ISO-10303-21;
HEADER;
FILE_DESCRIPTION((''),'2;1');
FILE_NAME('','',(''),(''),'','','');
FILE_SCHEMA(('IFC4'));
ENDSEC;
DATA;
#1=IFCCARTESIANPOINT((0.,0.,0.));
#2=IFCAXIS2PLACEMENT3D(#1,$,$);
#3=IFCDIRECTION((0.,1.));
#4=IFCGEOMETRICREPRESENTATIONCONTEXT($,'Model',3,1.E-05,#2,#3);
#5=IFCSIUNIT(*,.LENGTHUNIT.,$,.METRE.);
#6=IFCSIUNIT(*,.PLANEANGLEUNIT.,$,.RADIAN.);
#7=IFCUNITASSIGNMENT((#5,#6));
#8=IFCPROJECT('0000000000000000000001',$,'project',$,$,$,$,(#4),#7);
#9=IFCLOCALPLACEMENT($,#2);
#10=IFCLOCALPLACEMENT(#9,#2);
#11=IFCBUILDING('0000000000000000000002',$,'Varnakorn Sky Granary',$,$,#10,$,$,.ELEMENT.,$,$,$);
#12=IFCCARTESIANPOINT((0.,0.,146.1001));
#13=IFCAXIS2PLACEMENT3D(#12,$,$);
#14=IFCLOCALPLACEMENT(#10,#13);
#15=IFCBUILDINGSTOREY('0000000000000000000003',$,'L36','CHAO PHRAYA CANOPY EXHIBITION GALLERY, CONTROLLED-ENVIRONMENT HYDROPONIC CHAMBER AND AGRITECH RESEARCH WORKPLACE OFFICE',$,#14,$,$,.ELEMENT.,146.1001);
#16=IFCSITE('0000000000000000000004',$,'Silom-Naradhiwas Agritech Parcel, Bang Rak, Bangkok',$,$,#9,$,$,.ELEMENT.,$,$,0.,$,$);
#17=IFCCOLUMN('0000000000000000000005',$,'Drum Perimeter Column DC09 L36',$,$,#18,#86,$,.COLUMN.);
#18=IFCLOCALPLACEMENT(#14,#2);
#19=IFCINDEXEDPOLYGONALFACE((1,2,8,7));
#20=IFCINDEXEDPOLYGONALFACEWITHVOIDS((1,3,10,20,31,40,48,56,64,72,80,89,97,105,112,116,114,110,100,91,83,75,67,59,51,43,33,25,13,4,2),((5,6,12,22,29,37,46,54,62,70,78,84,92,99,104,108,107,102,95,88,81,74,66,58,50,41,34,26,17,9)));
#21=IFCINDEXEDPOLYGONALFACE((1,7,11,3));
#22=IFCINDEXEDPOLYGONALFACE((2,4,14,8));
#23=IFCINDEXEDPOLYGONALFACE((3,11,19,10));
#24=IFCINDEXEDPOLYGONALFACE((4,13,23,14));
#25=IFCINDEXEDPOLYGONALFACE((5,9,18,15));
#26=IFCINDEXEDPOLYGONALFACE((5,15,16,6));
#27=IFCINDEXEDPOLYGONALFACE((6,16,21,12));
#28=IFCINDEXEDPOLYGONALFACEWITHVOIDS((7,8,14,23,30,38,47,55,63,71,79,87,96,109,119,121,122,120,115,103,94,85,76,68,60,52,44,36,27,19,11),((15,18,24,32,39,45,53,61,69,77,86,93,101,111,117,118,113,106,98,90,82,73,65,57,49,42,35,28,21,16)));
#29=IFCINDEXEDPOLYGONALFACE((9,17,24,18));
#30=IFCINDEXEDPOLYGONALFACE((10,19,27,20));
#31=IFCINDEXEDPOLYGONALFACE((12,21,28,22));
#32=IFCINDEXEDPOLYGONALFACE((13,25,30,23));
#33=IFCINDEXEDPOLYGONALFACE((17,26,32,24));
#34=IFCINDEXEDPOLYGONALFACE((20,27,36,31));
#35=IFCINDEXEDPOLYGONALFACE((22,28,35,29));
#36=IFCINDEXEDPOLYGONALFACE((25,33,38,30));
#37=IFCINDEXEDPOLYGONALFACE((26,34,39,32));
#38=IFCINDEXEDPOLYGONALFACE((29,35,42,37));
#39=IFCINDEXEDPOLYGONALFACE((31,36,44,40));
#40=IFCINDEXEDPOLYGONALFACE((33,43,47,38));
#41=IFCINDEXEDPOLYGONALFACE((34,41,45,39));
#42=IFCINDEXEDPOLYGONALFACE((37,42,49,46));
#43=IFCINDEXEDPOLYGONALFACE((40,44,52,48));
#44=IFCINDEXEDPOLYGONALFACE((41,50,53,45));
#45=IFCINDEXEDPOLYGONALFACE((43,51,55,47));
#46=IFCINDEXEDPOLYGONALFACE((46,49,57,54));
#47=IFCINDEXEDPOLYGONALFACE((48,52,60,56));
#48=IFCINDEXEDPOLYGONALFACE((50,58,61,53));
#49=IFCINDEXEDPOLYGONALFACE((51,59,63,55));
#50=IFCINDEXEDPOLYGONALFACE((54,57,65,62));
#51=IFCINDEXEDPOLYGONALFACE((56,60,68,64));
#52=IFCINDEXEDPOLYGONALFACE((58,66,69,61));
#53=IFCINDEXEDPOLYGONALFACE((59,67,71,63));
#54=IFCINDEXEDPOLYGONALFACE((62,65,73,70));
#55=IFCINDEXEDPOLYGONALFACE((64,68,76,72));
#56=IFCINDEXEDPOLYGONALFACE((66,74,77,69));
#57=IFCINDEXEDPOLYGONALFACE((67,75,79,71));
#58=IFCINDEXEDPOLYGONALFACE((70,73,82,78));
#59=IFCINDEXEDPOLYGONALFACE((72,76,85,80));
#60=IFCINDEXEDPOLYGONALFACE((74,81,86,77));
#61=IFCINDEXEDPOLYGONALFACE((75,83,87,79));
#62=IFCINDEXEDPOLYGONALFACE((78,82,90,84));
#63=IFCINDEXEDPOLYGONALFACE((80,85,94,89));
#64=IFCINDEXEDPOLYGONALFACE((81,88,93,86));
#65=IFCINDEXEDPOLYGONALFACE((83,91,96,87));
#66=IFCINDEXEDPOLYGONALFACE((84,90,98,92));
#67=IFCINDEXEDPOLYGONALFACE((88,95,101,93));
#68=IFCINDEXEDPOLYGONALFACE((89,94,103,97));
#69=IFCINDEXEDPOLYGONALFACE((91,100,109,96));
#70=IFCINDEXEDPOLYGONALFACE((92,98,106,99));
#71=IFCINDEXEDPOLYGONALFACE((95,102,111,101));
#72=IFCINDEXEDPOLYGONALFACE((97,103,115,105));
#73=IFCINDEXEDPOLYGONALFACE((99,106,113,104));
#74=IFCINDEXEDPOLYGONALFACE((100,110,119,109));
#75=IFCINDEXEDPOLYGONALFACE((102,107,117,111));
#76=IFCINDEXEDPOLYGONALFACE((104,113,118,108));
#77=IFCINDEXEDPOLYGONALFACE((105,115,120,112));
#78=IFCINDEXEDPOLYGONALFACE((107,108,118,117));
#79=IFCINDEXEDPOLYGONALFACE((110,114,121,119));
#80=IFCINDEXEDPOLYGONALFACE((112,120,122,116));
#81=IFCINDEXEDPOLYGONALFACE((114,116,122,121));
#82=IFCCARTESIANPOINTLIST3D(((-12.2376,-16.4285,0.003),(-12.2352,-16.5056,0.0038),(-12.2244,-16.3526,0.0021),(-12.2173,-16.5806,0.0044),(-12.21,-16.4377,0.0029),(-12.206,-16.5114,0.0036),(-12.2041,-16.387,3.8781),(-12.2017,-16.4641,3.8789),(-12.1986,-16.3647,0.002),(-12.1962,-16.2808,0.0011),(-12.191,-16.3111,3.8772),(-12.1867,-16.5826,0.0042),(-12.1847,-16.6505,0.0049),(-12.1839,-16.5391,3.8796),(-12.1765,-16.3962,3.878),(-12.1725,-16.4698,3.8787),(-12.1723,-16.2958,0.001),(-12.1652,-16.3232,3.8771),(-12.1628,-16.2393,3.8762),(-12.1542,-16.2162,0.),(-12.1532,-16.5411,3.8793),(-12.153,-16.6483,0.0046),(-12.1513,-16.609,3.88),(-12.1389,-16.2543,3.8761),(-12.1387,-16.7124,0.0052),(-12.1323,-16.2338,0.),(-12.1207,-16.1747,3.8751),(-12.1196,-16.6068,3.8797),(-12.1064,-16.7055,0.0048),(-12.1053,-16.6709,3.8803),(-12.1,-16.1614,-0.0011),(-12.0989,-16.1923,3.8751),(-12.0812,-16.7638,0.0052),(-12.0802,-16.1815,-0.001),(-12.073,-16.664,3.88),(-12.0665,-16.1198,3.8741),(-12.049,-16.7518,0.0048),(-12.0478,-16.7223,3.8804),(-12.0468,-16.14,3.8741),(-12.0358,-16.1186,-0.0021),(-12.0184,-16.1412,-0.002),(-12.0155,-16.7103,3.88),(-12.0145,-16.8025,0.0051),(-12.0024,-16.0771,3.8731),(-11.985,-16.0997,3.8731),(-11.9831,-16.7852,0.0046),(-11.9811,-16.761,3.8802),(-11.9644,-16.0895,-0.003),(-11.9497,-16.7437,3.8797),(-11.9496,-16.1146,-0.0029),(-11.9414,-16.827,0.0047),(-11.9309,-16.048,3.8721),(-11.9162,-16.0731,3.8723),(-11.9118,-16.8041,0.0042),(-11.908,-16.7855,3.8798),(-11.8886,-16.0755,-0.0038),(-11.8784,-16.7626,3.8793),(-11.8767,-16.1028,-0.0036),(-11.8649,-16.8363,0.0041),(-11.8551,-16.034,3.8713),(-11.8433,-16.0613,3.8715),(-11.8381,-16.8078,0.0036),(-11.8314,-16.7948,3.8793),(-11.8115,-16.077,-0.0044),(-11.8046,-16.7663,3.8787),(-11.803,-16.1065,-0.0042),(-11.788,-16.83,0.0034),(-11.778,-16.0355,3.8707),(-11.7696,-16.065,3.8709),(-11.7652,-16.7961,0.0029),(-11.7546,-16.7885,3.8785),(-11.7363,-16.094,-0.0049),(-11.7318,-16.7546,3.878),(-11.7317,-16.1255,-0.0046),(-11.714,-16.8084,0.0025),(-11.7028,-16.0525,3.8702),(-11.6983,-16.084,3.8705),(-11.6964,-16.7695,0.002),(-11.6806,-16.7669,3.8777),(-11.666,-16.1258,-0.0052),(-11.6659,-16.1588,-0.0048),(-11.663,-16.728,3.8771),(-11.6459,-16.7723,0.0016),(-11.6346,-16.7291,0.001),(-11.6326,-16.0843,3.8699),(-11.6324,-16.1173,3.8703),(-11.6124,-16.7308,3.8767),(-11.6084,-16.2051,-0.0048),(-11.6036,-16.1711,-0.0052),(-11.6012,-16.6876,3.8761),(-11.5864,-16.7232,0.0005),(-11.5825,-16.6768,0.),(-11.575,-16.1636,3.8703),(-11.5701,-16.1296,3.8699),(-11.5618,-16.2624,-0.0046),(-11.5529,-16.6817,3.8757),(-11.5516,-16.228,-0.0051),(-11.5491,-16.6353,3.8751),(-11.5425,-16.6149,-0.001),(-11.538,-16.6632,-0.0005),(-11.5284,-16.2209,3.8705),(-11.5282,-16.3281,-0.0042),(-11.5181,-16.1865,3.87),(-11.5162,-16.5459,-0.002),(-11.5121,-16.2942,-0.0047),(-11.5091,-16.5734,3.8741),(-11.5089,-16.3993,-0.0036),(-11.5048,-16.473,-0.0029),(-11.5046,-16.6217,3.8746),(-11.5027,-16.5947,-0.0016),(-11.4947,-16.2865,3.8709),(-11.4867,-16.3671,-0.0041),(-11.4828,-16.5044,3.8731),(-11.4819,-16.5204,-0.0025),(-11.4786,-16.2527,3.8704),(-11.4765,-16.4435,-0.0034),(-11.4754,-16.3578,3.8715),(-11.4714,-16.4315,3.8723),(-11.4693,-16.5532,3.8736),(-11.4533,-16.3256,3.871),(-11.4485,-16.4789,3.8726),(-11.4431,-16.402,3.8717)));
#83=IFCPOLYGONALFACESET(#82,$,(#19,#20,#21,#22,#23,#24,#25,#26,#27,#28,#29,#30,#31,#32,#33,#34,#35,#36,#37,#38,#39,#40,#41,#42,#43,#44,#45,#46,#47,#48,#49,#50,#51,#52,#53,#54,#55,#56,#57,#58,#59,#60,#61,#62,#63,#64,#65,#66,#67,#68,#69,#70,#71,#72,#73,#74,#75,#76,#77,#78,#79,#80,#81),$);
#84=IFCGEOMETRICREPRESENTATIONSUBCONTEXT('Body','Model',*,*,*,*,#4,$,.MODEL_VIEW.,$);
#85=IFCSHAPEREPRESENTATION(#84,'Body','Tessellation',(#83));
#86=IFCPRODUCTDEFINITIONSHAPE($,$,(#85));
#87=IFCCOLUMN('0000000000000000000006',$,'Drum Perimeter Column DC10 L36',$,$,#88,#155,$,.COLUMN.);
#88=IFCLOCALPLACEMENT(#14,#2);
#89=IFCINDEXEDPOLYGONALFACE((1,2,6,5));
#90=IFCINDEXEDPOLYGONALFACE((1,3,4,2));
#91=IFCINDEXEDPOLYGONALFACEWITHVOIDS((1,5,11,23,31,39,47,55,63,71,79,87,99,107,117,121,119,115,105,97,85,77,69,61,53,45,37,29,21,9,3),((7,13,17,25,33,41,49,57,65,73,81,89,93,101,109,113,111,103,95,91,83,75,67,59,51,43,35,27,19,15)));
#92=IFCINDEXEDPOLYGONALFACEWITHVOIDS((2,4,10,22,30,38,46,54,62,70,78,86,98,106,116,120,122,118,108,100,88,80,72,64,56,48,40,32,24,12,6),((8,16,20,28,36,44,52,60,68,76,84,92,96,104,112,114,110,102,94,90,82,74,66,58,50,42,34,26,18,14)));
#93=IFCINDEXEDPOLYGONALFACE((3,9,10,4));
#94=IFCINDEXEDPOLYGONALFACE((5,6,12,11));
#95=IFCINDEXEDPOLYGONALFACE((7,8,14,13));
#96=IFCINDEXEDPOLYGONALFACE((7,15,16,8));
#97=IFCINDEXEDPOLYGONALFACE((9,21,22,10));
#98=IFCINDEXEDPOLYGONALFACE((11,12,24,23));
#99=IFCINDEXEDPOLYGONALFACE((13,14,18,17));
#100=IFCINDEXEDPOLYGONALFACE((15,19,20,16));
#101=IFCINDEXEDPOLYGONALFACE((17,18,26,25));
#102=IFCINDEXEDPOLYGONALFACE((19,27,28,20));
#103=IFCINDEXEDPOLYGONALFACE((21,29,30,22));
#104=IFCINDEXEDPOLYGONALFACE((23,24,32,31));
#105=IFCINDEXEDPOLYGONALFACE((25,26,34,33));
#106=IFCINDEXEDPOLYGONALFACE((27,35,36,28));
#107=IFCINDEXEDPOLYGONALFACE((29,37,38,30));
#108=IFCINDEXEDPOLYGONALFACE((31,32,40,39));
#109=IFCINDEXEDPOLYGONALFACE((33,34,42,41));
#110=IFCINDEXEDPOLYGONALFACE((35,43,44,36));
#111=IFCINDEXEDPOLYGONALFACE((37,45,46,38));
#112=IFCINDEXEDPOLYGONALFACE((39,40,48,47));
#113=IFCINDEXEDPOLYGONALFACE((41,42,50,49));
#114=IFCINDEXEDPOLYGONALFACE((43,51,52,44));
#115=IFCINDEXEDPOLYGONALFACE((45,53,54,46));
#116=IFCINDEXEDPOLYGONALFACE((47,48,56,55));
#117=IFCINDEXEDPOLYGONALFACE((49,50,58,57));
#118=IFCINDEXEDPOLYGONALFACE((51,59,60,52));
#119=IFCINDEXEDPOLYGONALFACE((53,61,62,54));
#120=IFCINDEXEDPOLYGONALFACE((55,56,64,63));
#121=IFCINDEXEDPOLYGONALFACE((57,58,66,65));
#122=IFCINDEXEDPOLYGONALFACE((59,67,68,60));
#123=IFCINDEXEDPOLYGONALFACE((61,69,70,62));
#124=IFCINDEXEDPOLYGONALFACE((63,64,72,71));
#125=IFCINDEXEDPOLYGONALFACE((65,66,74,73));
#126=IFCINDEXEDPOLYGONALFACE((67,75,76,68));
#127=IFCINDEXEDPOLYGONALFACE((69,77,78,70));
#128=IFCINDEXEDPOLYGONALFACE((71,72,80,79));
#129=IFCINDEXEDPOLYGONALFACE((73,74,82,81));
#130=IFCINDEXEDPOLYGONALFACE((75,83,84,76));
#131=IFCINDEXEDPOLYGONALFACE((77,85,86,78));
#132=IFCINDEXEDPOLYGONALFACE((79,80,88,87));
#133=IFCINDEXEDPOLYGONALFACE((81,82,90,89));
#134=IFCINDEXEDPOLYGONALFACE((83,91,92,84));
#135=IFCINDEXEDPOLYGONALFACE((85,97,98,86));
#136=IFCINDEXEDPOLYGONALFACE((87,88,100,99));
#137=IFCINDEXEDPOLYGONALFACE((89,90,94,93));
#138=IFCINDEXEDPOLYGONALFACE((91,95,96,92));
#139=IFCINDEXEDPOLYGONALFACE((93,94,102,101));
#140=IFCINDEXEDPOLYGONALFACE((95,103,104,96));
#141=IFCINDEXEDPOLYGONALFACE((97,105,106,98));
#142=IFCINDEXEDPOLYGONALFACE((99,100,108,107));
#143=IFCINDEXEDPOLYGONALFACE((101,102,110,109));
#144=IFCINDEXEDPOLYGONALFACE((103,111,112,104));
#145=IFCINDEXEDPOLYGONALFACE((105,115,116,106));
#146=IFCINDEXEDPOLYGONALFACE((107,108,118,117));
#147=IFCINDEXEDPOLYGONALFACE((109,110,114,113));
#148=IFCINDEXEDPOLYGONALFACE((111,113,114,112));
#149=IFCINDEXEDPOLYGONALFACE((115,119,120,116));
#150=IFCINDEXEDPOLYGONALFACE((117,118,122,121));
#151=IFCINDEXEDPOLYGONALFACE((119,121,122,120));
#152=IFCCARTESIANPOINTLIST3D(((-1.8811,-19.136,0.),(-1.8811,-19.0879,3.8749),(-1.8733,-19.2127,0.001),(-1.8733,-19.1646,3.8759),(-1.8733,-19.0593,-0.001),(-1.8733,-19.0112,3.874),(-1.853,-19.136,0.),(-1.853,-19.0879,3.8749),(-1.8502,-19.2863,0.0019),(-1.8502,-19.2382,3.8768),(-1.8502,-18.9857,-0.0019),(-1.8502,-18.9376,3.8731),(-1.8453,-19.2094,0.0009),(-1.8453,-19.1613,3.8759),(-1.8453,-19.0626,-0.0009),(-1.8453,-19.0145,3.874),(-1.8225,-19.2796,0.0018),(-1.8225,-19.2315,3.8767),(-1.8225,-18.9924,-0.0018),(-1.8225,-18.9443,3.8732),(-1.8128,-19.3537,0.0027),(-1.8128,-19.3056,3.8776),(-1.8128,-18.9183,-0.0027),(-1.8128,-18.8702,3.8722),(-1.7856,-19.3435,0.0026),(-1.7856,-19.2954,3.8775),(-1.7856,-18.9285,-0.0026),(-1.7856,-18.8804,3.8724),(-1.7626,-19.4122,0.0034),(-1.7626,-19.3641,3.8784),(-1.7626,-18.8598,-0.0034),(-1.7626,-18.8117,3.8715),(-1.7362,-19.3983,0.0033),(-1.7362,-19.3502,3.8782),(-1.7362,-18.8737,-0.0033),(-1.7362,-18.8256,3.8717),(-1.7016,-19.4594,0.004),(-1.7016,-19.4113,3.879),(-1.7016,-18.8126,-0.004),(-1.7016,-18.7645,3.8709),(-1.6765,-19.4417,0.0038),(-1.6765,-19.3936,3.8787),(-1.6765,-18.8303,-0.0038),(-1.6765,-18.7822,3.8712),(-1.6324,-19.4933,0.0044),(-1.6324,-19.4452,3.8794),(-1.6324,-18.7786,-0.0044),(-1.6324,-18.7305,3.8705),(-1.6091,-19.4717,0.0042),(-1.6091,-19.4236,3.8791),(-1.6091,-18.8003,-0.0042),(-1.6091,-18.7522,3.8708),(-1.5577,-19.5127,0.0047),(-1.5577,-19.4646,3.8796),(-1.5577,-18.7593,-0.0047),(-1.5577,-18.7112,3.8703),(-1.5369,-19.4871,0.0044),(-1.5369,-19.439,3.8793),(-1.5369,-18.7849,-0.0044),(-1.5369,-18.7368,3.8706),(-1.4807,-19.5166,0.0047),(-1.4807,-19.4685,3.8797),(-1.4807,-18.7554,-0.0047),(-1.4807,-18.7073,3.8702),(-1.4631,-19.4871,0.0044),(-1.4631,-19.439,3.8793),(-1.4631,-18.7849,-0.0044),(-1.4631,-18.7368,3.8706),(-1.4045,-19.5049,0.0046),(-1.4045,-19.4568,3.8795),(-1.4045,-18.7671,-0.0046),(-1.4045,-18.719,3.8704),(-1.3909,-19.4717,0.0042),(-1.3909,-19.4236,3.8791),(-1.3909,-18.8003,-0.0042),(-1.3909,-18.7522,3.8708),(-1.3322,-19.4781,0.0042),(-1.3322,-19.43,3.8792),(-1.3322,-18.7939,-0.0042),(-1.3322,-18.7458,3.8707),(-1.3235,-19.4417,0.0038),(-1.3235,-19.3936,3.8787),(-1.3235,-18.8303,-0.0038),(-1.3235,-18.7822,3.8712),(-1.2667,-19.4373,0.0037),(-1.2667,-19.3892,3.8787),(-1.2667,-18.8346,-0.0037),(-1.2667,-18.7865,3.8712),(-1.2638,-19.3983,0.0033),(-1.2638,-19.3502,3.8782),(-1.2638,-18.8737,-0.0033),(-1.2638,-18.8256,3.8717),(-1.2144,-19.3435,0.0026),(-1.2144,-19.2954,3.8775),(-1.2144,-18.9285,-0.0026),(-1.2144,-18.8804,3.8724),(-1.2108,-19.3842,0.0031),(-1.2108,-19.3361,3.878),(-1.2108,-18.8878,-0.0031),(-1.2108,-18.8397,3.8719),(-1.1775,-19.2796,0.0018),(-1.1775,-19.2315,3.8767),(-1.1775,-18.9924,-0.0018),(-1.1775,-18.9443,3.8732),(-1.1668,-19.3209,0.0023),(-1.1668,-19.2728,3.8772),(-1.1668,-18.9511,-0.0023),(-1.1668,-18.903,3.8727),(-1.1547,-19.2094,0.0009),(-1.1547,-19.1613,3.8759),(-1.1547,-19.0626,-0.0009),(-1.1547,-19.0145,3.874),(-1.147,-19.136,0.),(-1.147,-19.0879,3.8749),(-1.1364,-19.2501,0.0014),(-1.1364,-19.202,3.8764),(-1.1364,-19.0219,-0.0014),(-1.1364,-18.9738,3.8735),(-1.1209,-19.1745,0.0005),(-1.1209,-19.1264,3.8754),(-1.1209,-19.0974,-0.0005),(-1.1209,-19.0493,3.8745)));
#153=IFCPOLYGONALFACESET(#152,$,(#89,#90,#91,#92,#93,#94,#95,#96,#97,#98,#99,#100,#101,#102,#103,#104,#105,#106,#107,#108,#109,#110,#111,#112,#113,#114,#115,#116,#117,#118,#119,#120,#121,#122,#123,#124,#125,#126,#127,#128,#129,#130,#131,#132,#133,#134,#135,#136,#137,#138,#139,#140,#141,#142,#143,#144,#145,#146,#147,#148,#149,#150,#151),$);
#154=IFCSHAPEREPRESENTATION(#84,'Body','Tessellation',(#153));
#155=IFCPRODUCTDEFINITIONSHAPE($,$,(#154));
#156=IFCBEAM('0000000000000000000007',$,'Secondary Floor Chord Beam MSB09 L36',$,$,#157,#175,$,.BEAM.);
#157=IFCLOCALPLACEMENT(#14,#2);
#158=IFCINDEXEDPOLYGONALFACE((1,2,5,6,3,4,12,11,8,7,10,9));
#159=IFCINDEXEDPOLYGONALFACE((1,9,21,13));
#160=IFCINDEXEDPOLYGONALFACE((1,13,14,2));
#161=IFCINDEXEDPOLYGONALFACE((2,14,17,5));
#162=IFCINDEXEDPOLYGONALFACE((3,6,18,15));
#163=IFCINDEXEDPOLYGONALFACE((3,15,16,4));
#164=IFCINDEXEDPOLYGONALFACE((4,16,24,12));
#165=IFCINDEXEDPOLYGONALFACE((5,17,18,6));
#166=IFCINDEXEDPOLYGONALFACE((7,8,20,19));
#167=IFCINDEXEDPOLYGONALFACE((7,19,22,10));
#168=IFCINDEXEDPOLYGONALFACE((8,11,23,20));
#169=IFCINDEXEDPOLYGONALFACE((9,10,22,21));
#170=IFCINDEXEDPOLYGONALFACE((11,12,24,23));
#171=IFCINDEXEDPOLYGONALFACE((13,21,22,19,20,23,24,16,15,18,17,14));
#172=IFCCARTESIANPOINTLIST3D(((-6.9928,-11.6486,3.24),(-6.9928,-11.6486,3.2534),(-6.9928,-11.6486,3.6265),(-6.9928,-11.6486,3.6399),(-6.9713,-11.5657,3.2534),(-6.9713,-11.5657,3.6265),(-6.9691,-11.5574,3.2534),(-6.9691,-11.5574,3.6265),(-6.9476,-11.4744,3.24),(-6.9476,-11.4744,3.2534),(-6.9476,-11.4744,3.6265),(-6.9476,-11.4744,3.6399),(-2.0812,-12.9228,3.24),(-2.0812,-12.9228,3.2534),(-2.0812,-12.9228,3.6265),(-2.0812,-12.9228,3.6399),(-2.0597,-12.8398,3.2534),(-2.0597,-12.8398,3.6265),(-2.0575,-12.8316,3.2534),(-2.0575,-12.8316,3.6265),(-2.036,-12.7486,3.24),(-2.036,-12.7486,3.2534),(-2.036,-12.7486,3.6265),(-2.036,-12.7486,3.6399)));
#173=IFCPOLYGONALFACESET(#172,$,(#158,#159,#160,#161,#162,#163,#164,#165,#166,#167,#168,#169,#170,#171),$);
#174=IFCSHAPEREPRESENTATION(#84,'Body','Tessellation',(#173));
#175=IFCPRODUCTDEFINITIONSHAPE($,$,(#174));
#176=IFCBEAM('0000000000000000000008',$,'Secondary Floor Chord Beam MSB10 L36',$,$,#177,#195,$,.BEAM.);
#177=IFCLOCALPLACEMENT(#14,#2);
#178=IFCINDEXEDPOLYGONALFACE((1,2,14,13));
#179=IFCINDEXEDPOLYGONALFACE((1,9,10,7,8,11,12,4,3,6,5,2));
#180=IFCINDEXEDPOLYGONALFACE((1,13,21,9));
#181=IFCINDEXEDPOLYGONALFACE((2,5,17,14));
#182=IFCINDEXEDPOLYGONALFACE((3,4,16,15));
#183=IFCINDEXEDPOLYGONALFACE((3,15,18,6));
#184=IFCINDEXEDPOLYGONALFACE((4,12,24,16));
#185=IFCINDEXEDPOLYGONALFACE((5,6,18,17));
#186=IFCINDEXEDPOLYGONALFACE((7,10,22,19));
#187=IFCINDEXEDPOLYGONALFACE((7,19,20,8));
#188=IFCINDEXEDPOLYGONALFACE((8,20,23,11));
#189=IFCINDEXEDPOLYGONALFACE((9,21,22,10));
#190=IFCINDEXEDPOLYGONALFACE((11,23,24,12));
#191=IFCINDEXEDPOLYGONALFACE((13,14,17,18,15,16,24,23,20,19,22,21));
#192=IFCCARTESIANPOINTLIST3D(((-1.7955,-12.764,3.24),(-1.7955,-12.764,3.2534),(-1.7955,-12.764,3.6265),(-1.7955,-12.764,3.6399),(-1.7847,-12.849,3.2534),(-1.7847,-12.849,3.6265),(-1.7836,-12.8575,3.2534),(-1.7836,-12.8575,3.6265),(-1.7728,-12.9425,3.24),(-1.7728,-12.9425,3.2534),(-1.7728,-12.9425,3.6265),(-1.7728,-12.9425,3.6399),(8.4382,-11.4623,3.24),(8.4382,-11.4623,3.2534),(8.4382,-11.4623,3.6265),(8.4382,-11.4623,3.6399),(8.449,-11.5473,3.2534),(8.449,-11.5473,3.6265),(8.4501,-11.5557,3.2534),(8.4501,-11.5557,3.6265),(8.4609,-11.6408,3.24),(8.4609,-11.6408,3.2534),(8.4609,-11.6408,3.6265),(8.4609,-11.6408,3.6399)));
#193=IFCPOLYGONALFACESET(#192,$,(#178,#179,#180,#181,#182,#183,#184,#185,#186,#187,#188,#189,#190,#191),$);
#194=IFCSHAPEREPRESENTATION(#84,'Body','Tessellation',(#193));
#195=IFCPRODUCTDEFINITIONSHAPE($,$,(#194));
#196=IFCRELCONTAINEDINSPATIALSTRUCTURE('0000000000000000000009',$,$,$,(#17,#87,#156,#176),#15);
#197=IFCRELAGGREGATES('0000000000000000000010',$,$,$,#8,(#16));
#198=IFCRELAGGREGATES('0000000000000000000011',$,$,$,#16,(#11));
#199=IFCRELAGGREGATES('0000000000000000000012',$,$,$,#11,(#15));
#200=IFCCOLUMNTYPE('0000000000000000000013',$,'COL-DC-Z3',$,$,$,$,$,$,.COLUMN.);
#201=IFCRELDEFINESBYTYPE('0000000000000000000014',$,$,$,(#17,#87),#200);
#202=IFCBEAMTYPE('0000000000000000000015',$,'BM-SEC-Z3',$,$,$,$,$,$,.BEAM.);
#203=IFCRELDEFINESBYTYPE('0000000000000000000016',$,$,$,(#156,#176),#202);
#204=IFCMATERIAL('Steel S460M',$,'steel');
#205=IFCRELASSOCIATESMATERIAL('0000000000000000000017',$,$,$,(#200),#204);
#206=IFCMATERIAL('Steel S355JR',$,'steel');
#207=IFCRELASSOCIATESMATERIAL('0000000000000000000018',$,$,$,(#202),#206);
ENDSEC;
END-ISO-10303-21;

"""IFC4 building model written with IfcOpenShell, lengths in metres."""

from ifc_helpers import new_model, si_unit, direction, frame, origin, origin_2d, place, context, subcontext, project, spatial, hollow_circle, i_section, extrude, material, material_profile, profile_set, type_object, element, save


model = new_model("IFC4")

# Units and contexts
model_context = context("Model", 3, precision=1e-05, world=origin(), true_north=direction((0.0, 1.0)))
body_context = subcontext(model_context, "Body", "Model", "MODEL_VIEW")
ifc_project = project(units=[si_unit("LENGTHUNIT", "METRE"), si_unit("PLANEANGLEUNIT", "RADIAN")], contexts=[model_context])

# Site, building, storey
site_placement = place(None, origin())
site = spatial("IfcSite", under=ifc_project, at=site_placement, Name="Silom-Naradhiwas Agritech Parcel, Bang Rak, Bangkok", CompositionType="ELEMENT", RefElevation=0.0)
building_placement = place(site_placement, origin())
building = spatial("IfcBuilding", under=site, at=building_placement, Name="Varnakorn Sky Granary", CompositionType="ELEMENT")
storey_placement = place(building_placement, frame((0.0, 0.0, 146.1001)))
storey = spatial("IfcBuildingStorey", under=building, at=storey_placement, Name="L36", Description="CHAO PHRAYA CANOPY EXHIBITION GALLERY, CONTROLLED-ENVIRONMENT HYDROPONIC CHAMBER AND AGRITECH RESEARCH WORKPLACE OFFICE", CompositionType="ELEMENT", Elevation=146.1001)

# Columns
ifc_material_1 = material(Name="Steel S460M", Category="steel")
ifc_material_profile_1 = material_profile(ifc_material_1, hollow_circle(Radius=0.3811, WallThickness=0.0281, at=origin_2d()), Name="CHS 762x28")
ifc_profile_set_1 = profile_set([ifc_material_profile_1], Name="Steel S460M")
column_type = type_object("IfcColumnType", Name="COL-DC-Z3", PredefinedType="COLUMN", material=ifc_profile_set_1)
column_1_placement = place(storey_placement, frame((-11.8574, -16.4553, 0.0), z_axis=(0.008631, 0.01071, 0.999905), x_axis=(-0.77863, 0.627484, 0.0)))
element("IfcColumn", 1, at=column_1_placement, inside=storey, type_object=column_type, Name="Drum Perimeter Column DC09 L36", PredefinedType="COLUMN", context=body_context, shape_type="SweptSolid", body=[
    extrude(hollow_circle(Radius=0.3811, WallThickness=0.0281, at=origin_2d()), origin(), (0.0, 0.0, 1.0), 3.8755),
])
column_2_placement = place(storey_placement, frame((-1.5, -19.136, 0.0), z_axis=(0.0, 0.012411, 0.999923), x_axis=(-1.0, 0.0, 0.0)))
element("IfcColumn", 2, at=column_2_placement, inside=storey, type_object=column_type, Name="Drum Perimeter Column DC10 L36", PredefinedType="COLUMN", context=body_context, shape_type="SweptSolid", body=[
    extrude(hollow_circle(Radius=0.3811, WallThickness=0.0281, at=origin_2d()), origin(), (0.0, 0.0, 1.0), 3.8752),
])

# Beams
ifc_material_2 = material(Name="Steel S355JR", Category="steel")
ifc_material_profile_2 = material_profile(ifc_material_2, i_section(OverallWidth=0.1799, OverallDepth=0.3999, WebThickness=0.0085, FlangeThickness=0.0134, at=origin_2d()), Name="IPE 400")
ifc_profile_set_2 = profile_set([ifc_material_profile_2], Name="Steel S355JR")
beam_type_1 = type_object("IfcBeamType", Name="BM-SEC-Z3", PredefinedType="BEAM", material=ifc_profile_set_2)
beam_1_placement = place(storey_placement, frame((-6.9702, -11.5615, 3.4399), z_axis=(0.967959, -0.251107, 0.0), x_axis=(0.251107, 0.967959, 0.0)))
element("IfcBeam", 3, at=beam_1_placement, inside=storey, type_object=beam_type_1, Name="Secondary Floor Chord Beam MSB09 L36", PredefinedType="BEAM", context=body_context, shape_type="SweptSolid", body=[
    extrude(i_section(OverallWidth=0.1799, OverallDepth=0.3999, WebThickness=0.0085, FlangeThickness=0.0134, at=origin_2d()), origin(), (0.0, 0.0, 1.0), 5.0742),
])
beam_2_placement = place(storey_placement, frame((-1.7842, -12.8533, 3.4399), z_axis=(0.992006, 0.126187, 0.0), x_axis=(-0.126187, 0.992006, 0.0)))
element("IfcBeam", 4, at=beam_2_placement, inside=storey, type_object=beam_type_1, Name="Secondary Floor Chord Beam MSB10 L36", PredefinedType="BEAM", context=body_context, shape_type="SweptSolid", body=[
    extrude(i_section(OverallWidth=0.1799, OverallDepth=0.3999, WebThickness=0.0085, FlangeThickness=0.0134, at=origin_2d()), origin(), (0.0, 0.0, 1.0), 10.3162),
])

save(model, "model.ifc")
